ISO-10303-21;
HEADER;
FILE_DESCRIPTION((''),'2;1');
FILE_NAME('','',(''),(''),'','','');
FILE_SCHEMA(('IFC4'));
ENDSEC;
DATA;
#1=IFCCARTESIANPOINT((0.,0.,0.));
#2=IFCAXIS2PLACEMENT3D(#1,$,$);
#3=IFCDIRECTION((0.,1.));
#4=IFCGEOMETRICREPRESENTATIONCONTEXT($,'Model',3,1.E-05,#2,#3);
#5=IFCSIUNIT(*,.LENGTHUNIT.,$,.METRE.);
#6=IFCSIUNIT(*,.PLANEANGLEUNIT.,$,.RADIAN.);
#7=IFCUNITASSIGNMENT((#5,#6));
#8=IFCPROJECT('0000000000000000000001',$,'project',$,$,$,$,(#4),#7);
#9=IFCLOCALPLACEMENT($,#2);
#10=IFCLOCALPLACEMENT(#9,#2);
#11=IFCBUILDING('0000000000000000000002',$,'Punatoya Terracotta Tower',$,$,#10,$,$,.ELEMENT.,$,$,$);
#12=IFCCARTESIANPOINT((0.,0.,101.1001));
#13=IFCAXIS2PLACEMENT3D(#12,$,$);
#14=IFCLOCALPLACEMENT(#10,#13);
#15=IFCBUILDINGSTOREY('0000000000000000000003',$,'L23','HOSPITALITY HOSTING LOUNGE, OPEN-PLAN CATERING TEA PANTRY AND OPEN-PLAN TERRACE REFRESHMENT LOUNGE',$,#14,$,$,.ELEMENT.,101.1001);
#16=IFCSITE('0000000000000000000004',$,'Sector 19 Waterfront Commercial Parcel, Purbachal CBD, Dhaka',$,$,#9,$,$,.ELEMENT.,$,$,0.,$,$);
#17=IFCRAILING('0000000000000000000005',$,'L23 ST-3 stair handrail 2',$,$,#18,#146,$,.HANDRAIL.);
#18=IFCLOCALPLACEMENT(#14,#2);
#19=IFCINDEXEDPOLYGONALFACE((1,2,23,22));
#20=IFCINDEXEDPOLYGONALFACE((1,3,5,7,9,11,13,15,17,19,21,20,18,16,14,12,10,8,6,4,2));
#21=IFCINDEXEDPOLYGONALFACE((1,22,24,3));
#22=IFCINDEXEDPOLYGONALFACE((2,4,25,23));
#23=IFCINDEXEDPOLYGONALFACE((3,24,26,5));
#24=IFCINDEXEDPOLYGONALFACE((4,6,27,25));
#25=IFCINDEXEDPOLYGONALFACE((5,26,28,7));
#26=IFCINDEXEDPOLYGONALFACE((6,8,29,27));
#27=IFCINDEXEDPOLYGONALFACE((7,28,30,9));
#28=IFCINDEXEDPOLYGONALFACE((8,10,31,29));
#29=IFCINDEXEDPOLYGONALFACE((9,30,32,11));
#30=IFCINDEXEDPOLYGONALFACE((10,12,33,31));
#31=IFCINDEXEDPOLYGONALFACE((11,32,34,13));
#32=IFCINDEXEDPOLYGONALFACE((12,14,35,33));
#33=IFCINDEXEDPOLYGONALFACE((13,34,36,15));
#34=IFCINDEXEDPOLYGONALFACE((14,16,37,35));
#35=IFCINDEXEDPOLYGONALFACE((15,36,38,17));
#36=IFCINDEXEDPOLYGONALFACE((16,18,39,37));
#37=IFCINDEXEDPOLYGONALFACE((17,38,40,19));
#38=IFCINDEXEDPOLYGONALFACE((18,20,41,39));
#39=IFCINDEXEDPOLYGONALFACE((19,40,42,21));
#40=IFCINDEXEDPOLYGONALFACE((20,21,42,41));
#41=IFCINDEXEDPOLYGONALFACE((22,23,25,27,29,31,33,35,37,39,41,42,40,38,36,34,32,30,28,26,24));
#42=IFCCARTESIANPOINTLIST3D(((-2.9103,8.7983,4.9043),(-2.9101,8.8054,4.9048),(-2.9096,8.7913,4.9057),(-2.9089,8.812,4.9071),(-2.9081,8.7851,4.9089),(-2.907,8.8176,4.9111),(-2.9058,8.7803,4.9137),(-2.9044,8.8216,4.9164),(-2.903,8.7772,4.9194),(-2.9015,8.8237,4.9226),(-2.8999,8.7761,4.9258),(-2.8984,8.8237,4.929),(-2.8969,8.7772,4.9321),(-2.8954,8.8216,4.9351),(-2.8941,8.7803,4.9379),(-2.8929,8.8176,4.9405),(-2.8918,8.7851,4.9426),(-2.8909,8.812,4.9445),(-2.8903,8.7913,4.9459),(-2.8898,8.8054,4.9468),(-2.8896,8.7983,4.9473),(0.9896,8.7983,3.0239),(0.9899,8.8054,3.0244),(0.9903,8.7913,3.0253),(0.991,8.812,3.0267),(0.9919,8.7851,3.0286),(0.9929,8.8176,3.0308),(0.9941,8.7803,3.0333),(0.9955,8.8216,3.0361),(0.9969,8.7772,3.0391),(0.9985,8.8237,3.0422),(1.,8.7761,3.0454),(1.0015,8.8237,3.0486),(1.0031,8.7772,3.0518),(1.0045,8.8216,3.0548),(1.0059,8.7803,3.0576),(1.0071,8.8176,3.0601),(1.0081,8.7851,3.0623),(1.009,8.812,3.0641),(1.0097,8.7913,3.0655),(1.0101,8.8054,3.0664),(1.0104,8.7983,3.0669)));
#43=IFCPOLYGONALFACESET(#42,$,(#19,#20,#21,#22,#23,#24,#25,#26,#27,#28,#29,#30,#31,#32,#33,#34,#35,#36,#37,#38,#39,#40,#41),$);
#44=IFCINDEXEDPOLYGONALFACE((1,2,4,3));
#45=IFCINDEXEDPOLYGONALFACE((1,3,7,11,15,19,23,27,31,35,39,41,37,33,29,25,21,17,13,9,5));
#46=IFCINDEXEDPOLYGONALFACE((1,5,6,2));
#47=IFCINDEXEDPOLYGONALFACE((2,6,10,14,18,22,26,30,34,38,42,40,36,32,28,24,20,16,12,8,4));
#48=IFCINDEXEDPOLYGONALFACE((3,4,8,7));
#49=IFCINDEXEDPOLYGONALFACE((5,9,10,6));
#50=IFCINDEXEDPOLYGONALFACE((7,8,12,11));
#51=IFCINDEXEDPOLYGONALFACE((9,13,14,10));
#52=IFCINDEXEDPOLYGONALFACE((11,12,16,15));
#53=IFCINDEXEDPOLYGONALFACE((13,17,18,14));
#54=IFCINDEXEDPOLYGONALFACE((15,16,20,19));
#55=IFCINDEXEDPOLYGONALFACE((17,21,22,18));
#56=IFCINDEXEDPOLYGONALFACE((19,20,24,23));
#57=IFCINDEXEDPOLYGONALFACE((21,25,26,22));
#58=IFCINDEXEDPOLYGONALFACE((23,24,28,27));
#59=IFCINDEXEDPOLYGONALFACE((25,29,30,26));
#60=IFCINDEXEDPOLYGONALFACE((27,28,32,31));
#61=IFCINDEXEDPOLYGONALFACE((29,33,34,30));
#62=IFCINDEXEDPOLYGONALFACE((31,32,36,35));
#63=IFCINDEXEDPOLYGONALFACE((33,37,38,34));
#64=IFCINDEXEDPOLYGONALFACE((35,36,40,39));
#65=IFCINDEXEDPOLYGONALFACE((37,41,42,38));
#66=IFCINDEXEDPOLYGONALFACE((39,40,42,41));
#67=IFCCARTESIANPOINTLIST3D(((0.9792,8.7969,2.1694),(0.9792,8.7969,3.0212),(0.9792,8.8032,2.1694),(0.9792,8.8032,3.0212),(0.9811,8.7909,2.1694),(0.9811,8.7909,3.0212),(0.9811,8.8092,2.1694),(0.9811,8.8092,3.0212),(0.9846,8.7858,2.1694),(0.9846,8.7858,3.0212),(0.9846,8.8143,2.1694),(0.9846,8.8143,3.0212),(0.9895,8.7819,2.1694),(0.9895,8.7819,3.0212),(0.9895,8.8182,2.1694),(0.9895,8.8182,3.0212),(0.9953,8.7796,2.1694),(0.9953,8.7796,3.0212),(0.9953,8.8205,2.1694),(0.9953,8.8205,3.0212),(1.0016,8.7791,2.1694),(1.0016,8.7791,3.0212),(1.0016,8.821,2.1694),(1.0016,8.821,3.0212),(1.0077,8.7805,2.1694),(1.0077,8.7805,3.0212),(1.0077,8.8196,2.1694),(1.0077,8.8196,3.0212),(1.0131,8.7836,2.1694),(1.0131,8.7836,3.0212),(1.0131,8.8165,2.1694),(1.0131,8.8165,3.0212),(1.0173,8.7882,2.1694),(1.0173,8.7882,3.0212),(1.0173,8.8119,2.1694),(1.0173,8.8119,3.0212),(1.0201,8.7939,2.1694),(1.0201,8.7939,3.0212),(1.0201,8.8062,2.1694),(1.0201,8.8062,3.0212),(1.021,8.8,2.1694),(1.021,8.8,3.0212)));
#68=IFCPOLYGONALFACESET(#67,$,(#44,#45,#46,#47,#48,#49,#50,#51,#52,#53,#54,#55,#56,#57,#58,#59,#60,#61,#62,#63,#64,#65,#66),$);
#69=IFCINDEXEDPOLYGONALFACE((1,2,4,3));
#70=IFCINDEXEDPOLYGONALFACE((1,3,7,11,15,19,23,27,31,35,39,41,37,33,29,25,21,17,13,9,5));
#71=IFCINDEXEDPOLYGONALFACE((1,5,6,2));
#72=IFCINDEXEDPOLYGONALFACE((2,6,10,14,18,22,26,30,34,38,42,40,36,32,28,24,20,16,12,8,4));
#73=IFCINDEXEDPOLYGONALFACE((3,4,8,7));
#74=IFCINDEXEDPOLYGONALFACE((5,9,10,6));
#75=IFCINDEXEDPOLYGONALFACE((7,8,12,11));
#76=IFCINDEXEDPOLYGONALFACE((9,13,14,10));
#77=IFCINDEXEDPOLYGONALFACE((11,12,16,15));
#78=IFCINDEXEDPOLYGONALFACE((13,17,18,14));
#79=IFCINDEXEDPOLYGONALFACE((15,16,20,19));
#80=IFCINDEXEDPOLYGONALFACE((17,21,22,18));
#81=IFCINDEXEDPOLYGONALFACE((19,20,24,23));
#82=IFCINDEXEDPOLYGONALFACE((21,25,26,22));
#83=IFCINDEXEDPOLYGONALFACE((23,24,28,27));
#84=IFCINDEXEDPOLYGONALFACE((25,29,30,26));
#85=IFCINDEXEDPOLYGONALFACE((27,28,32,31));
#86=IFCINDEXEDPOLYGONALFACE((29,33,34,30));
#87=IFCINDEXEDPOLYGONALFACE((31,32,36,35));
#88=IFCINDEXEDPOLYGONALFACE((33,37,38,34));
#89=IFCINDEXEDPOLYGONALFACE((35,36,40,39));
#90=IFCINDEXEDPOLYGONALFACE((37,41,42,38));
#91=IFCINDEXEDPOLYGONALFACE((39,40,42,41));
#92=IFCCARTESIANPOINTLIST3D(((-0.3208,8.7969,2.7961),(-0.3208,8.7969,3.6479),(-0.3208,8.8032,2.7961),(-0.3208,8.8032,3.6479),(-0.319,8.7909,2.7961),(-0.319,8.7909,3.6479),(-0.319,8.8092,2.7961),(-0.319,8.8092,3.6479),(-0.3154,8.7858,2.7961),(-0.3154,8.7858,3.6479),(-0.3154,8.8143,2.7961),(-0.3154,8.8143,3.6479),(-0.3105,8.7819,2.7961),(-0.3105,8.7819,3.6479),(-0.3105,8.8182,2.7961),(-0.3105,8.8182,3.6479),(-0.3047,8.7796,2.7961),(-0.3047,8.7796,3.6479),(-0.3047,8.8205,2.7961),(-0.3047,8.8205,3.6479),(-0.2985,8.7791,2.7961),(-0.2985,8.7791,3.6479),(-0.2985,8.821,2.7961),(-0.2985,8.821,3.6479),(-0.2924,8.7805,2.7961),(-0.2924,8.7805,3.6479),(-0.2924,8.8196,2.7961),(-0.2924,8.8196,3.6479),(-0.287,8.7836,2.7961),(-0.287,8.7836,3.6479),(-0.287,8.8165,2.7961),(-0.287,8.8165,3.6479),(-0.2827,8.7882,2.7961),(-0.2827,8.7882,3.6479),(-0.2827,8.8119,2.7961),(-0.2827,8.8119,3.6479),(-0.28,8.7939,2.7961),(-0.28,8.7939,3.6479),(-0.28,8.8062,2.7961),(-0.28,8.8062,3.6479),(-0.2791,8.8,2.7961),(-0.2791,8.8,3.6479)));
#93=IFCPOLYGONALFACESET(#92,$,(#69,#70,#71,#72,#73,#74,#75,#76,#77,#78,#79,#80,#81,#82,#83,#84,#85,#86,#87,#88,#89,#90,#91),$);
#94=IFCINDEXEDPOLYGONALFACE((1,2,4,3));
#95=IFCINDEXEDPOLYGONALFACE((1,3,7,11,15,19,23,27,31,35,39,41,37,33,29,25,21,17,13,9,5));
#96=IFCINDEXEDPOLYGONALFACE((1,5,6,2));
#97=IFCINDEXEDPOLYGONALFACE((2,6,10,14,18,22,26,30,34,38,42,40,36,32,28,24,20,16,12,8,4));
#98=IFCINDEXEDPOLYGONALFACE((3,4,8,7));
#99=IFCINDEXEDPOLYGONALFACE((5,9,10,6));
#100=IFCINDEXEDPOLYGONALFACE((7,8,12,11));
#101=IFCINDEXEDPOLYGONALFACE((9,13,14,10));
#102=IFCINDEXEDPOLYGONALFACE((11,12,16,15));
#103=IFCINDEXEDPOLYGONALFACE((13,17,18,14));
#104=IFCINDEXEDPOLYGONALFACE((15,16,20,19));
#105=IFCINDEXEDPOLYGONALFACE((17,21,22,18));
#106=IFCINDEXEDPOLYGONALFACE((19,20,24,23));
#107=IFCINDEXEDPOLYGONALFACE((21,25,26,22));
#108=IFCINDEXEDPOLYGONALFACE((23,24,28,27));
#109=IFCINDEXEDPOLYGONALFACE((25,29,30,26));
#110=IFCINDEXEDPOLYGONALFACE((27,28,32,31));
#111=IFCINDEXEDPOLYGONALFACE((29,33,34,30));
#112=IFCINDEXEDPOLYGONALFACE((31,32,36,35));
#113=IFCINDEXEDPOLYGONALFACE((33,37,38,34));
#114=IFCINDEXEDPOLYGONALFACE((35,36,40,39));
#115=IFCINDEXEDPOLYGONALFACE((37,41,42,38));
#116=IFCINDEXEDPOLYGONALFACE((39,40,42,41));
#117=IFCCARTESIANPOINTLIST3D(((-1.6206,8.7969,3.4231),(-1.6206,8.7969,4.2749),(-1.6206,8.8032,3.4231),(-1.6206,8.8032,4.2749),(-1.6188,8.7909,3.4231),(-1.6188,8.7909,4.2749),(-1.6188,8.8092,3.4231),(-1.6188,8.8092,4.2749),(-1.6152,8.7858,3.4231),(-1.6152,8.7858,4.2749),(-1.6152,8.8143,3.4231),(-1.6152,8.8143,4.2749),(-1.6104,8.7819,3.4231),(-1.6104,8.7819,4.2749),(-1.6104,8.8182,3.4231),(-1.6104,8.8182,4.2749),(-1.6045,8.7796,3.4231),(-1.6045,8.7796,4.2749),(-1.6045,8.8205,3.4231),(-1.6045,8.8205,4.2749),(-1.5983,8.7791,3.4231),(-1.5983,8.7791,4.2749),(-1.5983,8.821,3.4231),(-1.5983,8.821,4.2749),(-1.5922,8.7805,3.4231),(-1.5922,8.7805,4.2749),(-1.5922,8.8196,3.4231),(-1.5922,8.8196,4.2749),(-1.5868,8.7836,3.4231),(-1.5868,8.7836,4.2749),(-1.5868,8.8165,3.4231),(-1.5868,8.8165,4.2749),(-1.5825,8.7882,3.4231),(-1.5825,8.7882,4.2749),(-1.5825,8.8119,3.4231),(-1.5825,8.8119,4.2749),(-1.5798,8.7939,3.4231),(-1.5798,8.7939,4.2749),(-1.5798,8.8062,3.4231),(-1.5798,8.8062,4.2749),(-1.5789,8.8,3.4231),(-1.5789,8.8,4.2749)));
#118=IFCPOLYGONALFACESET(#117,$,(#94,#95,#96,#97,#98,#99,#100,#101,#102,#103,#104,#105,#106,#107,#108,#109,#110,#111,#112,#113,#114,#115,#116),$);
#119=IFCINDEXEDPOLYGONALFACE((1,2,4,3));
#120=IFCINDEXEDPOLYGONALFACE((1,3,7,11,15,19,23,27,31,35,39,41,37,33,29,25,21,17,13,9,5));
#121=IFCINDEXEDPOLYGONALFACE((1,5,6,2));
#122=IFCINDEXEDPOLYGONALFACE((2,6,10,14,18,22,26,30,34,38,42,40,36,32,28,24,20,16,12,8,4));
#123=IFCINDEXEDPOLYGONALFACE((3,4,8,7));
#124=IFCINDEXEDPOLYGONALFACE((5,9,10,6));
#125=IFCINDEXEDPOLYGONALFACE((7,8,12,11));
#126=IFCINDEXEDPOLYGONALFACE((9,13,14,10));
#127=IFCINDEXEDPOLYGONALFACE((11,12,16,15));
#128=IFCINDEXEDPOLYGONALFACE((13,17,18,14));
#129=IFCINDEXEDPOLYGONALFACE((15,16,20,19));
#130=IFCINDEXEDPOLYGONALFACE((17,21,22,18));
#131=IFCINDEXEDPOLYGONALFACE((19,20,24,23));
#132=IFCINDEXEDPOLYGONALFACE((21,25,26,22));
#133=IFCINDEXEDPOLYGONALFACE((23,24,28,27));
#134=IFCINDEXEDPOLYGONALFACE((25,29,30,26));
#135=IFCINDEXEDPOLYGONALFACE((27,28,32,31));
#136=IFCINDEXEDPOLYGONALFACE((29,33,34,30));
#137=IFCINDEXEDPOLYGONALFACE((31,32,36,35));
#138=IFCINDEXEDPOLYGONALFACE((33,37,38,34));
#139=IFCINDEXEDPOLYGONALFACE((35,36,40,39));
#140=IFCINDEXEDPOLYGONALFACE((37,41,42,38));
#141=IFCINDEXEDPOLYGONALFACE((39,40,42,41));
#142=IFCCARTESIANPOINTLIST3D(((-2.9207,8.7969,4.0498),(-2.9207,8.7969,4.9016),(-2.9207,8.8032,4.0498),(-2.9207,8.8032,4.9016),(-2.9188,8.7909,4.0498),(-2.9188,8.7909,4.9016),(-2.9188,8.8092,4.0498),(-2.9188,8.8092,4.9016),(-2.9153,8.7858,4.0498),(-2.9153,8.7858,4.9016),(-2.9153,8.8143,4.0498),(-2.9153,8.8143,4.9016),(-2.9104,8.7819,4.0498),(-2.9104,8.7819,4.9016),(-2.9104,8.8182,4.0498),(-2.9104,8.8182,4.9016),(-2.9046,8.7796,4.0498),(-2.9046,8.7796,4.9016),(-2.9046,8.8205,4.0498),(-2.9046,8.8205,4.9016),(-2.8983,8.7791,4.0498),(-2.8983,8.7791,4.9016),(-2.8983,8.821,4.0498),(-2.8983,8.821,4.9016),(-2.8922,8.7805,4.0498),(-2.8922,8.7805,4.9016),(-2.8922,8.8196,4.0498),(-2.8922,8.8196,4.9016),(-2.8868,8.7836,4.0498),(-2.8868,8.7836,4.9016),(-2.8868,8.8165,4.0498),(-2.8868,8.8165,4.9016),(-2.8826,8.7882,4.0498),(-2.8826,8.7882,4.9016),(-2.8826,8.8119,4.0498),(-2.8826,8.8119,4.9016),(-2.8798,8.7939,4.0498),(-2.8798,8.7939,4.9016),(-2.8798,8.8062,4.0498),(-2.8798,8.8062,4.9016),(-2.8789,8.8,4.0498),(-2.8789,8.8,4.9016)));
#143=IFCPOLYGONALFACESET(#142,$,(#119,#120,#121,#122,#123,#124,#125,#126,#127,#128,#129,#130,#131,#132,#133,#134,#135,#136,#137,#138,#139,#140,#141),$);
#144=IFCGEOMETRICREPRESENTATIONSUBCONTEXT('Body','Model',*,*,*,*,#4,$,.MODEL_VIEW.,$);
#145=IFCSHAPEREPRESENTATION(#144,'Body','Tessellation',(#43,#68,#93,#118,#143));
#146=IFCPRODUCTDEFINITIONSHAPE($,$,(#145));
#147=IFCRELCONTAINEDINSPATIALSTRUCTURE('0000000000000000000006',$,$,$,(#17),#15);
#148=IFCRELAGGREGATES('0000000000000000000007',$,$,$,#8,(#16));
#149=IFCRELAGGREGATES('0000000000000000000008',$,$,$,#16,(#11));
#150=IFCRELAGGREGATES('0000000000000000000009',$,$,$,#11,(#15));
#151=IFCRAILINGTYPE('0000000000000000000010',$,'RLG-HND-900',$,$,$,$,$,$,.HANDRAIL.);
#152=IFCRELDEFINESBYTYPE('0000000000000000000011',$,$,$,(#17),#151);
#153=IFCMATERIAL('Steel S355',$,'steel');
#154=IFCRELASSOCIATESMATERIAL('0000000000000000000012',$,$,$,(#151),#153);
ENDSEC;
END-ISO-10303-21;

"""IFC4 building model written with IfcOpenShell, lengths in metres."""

from ifc_helpers import new_model, si_unit, direction, frame, origin, origin_2d, place, context, subcontext, project, spatial, circle, extrude, material, type_object, element, save


model = new_model("IFC4")

# Units and contexts
model_context = context("Model", 3, precision=1e-05, world=origin(), true_north=direction((0.0, 1.0)))
body_context = subcontext(model_context, "Body", "Model", "MODEL_VIEW")
ifc_project = project(units=[si_unit("LENGTHUNIT", "METRE"), si_unit("PLANEANGLEUNIT", "RADIAN")], contexts=[model_context])

# Site, building, storey
site_placement = place(None, origin())
site = spatial("IfcSite", under=ifc_project, at=site_placement, Name="Sector 19 Waterfront Commercial Parcel, Purbachal CBD, Dhaka", CompositionType="ELEMENT", RefElevation=0.0)
building_placement = place(site_placement, origin())
building = spatial("IfcBuilding", under=site, at=building_placement, Name="Punatoya Terracotta Tower", CompositionType="ELEMENT")
storey_placement = place(building_placement, frame((0.0, 0.0, 101.1001)))
storey = spatial("IfcBuildingStorey", under=building, at=storey_placement, Name="L23", Description="HOSPITALITY HOSTING LOUNGE, OPEN-PLAN CATERING TEA PANTRY AND OPEN-PLAN TERRACE REFRESHMENT LOUNGE", CompositionType="ELEMENT", Elevation=101.1001)

# Shared definitions
ifc_material_1 = material(Name="Steel S355", Category="steel")

# Railing
railing_type_1 = type_object("IfcRailingType", Name="RLG-HND-900", PredefinedType="HANDRAIL", material=ifc_material_1)
railing_1_placement = place(storey_placement, frame((1.0, 8.8, 2.1694)))
element("IfcRailing", 1, at=railing_1_placement, inside=storey, type_object=railing_type_1, Name="L23 ST-3 stair handrail 2", PredefinedType="HANDRAIL", context=body_context, shape_type="SweptSolid", body=[
    extrude(circle(Radius=0.0239, at=origin_2d()), frame((0.0, 0.0, 0.876), z_axis=(-0.900763, 0.0, 0.434311), x_axis=(0.0, -1.0, 0.0)), (0.0, 0.0, 1.0), 4.3296),
    extrude(circle(Radius=0.021, at=origin_2d()), origin(), (0.0, 0.0, 1.0), 0.8518),
    extrude(circle(Radius=0.021, at=origin_2d()), frame((-1.3, 0.0, 0.6267)), (0.0, 0.0, 1.0), 0.8518),
    extrude(circle(Radius=0.021, at=origin_2d()), frame((-2.5999, 0.0, 1.2537)), (0.0, 0.0, 1.0), 0.8518),
    extrude(circle(Radius=0.021, at=origin_2d()), frame((-3.8999, 0.0, 1.8804)), (0.0, 0.0, 1.0), 0.8518),
])

save(model, "model.ifc")
